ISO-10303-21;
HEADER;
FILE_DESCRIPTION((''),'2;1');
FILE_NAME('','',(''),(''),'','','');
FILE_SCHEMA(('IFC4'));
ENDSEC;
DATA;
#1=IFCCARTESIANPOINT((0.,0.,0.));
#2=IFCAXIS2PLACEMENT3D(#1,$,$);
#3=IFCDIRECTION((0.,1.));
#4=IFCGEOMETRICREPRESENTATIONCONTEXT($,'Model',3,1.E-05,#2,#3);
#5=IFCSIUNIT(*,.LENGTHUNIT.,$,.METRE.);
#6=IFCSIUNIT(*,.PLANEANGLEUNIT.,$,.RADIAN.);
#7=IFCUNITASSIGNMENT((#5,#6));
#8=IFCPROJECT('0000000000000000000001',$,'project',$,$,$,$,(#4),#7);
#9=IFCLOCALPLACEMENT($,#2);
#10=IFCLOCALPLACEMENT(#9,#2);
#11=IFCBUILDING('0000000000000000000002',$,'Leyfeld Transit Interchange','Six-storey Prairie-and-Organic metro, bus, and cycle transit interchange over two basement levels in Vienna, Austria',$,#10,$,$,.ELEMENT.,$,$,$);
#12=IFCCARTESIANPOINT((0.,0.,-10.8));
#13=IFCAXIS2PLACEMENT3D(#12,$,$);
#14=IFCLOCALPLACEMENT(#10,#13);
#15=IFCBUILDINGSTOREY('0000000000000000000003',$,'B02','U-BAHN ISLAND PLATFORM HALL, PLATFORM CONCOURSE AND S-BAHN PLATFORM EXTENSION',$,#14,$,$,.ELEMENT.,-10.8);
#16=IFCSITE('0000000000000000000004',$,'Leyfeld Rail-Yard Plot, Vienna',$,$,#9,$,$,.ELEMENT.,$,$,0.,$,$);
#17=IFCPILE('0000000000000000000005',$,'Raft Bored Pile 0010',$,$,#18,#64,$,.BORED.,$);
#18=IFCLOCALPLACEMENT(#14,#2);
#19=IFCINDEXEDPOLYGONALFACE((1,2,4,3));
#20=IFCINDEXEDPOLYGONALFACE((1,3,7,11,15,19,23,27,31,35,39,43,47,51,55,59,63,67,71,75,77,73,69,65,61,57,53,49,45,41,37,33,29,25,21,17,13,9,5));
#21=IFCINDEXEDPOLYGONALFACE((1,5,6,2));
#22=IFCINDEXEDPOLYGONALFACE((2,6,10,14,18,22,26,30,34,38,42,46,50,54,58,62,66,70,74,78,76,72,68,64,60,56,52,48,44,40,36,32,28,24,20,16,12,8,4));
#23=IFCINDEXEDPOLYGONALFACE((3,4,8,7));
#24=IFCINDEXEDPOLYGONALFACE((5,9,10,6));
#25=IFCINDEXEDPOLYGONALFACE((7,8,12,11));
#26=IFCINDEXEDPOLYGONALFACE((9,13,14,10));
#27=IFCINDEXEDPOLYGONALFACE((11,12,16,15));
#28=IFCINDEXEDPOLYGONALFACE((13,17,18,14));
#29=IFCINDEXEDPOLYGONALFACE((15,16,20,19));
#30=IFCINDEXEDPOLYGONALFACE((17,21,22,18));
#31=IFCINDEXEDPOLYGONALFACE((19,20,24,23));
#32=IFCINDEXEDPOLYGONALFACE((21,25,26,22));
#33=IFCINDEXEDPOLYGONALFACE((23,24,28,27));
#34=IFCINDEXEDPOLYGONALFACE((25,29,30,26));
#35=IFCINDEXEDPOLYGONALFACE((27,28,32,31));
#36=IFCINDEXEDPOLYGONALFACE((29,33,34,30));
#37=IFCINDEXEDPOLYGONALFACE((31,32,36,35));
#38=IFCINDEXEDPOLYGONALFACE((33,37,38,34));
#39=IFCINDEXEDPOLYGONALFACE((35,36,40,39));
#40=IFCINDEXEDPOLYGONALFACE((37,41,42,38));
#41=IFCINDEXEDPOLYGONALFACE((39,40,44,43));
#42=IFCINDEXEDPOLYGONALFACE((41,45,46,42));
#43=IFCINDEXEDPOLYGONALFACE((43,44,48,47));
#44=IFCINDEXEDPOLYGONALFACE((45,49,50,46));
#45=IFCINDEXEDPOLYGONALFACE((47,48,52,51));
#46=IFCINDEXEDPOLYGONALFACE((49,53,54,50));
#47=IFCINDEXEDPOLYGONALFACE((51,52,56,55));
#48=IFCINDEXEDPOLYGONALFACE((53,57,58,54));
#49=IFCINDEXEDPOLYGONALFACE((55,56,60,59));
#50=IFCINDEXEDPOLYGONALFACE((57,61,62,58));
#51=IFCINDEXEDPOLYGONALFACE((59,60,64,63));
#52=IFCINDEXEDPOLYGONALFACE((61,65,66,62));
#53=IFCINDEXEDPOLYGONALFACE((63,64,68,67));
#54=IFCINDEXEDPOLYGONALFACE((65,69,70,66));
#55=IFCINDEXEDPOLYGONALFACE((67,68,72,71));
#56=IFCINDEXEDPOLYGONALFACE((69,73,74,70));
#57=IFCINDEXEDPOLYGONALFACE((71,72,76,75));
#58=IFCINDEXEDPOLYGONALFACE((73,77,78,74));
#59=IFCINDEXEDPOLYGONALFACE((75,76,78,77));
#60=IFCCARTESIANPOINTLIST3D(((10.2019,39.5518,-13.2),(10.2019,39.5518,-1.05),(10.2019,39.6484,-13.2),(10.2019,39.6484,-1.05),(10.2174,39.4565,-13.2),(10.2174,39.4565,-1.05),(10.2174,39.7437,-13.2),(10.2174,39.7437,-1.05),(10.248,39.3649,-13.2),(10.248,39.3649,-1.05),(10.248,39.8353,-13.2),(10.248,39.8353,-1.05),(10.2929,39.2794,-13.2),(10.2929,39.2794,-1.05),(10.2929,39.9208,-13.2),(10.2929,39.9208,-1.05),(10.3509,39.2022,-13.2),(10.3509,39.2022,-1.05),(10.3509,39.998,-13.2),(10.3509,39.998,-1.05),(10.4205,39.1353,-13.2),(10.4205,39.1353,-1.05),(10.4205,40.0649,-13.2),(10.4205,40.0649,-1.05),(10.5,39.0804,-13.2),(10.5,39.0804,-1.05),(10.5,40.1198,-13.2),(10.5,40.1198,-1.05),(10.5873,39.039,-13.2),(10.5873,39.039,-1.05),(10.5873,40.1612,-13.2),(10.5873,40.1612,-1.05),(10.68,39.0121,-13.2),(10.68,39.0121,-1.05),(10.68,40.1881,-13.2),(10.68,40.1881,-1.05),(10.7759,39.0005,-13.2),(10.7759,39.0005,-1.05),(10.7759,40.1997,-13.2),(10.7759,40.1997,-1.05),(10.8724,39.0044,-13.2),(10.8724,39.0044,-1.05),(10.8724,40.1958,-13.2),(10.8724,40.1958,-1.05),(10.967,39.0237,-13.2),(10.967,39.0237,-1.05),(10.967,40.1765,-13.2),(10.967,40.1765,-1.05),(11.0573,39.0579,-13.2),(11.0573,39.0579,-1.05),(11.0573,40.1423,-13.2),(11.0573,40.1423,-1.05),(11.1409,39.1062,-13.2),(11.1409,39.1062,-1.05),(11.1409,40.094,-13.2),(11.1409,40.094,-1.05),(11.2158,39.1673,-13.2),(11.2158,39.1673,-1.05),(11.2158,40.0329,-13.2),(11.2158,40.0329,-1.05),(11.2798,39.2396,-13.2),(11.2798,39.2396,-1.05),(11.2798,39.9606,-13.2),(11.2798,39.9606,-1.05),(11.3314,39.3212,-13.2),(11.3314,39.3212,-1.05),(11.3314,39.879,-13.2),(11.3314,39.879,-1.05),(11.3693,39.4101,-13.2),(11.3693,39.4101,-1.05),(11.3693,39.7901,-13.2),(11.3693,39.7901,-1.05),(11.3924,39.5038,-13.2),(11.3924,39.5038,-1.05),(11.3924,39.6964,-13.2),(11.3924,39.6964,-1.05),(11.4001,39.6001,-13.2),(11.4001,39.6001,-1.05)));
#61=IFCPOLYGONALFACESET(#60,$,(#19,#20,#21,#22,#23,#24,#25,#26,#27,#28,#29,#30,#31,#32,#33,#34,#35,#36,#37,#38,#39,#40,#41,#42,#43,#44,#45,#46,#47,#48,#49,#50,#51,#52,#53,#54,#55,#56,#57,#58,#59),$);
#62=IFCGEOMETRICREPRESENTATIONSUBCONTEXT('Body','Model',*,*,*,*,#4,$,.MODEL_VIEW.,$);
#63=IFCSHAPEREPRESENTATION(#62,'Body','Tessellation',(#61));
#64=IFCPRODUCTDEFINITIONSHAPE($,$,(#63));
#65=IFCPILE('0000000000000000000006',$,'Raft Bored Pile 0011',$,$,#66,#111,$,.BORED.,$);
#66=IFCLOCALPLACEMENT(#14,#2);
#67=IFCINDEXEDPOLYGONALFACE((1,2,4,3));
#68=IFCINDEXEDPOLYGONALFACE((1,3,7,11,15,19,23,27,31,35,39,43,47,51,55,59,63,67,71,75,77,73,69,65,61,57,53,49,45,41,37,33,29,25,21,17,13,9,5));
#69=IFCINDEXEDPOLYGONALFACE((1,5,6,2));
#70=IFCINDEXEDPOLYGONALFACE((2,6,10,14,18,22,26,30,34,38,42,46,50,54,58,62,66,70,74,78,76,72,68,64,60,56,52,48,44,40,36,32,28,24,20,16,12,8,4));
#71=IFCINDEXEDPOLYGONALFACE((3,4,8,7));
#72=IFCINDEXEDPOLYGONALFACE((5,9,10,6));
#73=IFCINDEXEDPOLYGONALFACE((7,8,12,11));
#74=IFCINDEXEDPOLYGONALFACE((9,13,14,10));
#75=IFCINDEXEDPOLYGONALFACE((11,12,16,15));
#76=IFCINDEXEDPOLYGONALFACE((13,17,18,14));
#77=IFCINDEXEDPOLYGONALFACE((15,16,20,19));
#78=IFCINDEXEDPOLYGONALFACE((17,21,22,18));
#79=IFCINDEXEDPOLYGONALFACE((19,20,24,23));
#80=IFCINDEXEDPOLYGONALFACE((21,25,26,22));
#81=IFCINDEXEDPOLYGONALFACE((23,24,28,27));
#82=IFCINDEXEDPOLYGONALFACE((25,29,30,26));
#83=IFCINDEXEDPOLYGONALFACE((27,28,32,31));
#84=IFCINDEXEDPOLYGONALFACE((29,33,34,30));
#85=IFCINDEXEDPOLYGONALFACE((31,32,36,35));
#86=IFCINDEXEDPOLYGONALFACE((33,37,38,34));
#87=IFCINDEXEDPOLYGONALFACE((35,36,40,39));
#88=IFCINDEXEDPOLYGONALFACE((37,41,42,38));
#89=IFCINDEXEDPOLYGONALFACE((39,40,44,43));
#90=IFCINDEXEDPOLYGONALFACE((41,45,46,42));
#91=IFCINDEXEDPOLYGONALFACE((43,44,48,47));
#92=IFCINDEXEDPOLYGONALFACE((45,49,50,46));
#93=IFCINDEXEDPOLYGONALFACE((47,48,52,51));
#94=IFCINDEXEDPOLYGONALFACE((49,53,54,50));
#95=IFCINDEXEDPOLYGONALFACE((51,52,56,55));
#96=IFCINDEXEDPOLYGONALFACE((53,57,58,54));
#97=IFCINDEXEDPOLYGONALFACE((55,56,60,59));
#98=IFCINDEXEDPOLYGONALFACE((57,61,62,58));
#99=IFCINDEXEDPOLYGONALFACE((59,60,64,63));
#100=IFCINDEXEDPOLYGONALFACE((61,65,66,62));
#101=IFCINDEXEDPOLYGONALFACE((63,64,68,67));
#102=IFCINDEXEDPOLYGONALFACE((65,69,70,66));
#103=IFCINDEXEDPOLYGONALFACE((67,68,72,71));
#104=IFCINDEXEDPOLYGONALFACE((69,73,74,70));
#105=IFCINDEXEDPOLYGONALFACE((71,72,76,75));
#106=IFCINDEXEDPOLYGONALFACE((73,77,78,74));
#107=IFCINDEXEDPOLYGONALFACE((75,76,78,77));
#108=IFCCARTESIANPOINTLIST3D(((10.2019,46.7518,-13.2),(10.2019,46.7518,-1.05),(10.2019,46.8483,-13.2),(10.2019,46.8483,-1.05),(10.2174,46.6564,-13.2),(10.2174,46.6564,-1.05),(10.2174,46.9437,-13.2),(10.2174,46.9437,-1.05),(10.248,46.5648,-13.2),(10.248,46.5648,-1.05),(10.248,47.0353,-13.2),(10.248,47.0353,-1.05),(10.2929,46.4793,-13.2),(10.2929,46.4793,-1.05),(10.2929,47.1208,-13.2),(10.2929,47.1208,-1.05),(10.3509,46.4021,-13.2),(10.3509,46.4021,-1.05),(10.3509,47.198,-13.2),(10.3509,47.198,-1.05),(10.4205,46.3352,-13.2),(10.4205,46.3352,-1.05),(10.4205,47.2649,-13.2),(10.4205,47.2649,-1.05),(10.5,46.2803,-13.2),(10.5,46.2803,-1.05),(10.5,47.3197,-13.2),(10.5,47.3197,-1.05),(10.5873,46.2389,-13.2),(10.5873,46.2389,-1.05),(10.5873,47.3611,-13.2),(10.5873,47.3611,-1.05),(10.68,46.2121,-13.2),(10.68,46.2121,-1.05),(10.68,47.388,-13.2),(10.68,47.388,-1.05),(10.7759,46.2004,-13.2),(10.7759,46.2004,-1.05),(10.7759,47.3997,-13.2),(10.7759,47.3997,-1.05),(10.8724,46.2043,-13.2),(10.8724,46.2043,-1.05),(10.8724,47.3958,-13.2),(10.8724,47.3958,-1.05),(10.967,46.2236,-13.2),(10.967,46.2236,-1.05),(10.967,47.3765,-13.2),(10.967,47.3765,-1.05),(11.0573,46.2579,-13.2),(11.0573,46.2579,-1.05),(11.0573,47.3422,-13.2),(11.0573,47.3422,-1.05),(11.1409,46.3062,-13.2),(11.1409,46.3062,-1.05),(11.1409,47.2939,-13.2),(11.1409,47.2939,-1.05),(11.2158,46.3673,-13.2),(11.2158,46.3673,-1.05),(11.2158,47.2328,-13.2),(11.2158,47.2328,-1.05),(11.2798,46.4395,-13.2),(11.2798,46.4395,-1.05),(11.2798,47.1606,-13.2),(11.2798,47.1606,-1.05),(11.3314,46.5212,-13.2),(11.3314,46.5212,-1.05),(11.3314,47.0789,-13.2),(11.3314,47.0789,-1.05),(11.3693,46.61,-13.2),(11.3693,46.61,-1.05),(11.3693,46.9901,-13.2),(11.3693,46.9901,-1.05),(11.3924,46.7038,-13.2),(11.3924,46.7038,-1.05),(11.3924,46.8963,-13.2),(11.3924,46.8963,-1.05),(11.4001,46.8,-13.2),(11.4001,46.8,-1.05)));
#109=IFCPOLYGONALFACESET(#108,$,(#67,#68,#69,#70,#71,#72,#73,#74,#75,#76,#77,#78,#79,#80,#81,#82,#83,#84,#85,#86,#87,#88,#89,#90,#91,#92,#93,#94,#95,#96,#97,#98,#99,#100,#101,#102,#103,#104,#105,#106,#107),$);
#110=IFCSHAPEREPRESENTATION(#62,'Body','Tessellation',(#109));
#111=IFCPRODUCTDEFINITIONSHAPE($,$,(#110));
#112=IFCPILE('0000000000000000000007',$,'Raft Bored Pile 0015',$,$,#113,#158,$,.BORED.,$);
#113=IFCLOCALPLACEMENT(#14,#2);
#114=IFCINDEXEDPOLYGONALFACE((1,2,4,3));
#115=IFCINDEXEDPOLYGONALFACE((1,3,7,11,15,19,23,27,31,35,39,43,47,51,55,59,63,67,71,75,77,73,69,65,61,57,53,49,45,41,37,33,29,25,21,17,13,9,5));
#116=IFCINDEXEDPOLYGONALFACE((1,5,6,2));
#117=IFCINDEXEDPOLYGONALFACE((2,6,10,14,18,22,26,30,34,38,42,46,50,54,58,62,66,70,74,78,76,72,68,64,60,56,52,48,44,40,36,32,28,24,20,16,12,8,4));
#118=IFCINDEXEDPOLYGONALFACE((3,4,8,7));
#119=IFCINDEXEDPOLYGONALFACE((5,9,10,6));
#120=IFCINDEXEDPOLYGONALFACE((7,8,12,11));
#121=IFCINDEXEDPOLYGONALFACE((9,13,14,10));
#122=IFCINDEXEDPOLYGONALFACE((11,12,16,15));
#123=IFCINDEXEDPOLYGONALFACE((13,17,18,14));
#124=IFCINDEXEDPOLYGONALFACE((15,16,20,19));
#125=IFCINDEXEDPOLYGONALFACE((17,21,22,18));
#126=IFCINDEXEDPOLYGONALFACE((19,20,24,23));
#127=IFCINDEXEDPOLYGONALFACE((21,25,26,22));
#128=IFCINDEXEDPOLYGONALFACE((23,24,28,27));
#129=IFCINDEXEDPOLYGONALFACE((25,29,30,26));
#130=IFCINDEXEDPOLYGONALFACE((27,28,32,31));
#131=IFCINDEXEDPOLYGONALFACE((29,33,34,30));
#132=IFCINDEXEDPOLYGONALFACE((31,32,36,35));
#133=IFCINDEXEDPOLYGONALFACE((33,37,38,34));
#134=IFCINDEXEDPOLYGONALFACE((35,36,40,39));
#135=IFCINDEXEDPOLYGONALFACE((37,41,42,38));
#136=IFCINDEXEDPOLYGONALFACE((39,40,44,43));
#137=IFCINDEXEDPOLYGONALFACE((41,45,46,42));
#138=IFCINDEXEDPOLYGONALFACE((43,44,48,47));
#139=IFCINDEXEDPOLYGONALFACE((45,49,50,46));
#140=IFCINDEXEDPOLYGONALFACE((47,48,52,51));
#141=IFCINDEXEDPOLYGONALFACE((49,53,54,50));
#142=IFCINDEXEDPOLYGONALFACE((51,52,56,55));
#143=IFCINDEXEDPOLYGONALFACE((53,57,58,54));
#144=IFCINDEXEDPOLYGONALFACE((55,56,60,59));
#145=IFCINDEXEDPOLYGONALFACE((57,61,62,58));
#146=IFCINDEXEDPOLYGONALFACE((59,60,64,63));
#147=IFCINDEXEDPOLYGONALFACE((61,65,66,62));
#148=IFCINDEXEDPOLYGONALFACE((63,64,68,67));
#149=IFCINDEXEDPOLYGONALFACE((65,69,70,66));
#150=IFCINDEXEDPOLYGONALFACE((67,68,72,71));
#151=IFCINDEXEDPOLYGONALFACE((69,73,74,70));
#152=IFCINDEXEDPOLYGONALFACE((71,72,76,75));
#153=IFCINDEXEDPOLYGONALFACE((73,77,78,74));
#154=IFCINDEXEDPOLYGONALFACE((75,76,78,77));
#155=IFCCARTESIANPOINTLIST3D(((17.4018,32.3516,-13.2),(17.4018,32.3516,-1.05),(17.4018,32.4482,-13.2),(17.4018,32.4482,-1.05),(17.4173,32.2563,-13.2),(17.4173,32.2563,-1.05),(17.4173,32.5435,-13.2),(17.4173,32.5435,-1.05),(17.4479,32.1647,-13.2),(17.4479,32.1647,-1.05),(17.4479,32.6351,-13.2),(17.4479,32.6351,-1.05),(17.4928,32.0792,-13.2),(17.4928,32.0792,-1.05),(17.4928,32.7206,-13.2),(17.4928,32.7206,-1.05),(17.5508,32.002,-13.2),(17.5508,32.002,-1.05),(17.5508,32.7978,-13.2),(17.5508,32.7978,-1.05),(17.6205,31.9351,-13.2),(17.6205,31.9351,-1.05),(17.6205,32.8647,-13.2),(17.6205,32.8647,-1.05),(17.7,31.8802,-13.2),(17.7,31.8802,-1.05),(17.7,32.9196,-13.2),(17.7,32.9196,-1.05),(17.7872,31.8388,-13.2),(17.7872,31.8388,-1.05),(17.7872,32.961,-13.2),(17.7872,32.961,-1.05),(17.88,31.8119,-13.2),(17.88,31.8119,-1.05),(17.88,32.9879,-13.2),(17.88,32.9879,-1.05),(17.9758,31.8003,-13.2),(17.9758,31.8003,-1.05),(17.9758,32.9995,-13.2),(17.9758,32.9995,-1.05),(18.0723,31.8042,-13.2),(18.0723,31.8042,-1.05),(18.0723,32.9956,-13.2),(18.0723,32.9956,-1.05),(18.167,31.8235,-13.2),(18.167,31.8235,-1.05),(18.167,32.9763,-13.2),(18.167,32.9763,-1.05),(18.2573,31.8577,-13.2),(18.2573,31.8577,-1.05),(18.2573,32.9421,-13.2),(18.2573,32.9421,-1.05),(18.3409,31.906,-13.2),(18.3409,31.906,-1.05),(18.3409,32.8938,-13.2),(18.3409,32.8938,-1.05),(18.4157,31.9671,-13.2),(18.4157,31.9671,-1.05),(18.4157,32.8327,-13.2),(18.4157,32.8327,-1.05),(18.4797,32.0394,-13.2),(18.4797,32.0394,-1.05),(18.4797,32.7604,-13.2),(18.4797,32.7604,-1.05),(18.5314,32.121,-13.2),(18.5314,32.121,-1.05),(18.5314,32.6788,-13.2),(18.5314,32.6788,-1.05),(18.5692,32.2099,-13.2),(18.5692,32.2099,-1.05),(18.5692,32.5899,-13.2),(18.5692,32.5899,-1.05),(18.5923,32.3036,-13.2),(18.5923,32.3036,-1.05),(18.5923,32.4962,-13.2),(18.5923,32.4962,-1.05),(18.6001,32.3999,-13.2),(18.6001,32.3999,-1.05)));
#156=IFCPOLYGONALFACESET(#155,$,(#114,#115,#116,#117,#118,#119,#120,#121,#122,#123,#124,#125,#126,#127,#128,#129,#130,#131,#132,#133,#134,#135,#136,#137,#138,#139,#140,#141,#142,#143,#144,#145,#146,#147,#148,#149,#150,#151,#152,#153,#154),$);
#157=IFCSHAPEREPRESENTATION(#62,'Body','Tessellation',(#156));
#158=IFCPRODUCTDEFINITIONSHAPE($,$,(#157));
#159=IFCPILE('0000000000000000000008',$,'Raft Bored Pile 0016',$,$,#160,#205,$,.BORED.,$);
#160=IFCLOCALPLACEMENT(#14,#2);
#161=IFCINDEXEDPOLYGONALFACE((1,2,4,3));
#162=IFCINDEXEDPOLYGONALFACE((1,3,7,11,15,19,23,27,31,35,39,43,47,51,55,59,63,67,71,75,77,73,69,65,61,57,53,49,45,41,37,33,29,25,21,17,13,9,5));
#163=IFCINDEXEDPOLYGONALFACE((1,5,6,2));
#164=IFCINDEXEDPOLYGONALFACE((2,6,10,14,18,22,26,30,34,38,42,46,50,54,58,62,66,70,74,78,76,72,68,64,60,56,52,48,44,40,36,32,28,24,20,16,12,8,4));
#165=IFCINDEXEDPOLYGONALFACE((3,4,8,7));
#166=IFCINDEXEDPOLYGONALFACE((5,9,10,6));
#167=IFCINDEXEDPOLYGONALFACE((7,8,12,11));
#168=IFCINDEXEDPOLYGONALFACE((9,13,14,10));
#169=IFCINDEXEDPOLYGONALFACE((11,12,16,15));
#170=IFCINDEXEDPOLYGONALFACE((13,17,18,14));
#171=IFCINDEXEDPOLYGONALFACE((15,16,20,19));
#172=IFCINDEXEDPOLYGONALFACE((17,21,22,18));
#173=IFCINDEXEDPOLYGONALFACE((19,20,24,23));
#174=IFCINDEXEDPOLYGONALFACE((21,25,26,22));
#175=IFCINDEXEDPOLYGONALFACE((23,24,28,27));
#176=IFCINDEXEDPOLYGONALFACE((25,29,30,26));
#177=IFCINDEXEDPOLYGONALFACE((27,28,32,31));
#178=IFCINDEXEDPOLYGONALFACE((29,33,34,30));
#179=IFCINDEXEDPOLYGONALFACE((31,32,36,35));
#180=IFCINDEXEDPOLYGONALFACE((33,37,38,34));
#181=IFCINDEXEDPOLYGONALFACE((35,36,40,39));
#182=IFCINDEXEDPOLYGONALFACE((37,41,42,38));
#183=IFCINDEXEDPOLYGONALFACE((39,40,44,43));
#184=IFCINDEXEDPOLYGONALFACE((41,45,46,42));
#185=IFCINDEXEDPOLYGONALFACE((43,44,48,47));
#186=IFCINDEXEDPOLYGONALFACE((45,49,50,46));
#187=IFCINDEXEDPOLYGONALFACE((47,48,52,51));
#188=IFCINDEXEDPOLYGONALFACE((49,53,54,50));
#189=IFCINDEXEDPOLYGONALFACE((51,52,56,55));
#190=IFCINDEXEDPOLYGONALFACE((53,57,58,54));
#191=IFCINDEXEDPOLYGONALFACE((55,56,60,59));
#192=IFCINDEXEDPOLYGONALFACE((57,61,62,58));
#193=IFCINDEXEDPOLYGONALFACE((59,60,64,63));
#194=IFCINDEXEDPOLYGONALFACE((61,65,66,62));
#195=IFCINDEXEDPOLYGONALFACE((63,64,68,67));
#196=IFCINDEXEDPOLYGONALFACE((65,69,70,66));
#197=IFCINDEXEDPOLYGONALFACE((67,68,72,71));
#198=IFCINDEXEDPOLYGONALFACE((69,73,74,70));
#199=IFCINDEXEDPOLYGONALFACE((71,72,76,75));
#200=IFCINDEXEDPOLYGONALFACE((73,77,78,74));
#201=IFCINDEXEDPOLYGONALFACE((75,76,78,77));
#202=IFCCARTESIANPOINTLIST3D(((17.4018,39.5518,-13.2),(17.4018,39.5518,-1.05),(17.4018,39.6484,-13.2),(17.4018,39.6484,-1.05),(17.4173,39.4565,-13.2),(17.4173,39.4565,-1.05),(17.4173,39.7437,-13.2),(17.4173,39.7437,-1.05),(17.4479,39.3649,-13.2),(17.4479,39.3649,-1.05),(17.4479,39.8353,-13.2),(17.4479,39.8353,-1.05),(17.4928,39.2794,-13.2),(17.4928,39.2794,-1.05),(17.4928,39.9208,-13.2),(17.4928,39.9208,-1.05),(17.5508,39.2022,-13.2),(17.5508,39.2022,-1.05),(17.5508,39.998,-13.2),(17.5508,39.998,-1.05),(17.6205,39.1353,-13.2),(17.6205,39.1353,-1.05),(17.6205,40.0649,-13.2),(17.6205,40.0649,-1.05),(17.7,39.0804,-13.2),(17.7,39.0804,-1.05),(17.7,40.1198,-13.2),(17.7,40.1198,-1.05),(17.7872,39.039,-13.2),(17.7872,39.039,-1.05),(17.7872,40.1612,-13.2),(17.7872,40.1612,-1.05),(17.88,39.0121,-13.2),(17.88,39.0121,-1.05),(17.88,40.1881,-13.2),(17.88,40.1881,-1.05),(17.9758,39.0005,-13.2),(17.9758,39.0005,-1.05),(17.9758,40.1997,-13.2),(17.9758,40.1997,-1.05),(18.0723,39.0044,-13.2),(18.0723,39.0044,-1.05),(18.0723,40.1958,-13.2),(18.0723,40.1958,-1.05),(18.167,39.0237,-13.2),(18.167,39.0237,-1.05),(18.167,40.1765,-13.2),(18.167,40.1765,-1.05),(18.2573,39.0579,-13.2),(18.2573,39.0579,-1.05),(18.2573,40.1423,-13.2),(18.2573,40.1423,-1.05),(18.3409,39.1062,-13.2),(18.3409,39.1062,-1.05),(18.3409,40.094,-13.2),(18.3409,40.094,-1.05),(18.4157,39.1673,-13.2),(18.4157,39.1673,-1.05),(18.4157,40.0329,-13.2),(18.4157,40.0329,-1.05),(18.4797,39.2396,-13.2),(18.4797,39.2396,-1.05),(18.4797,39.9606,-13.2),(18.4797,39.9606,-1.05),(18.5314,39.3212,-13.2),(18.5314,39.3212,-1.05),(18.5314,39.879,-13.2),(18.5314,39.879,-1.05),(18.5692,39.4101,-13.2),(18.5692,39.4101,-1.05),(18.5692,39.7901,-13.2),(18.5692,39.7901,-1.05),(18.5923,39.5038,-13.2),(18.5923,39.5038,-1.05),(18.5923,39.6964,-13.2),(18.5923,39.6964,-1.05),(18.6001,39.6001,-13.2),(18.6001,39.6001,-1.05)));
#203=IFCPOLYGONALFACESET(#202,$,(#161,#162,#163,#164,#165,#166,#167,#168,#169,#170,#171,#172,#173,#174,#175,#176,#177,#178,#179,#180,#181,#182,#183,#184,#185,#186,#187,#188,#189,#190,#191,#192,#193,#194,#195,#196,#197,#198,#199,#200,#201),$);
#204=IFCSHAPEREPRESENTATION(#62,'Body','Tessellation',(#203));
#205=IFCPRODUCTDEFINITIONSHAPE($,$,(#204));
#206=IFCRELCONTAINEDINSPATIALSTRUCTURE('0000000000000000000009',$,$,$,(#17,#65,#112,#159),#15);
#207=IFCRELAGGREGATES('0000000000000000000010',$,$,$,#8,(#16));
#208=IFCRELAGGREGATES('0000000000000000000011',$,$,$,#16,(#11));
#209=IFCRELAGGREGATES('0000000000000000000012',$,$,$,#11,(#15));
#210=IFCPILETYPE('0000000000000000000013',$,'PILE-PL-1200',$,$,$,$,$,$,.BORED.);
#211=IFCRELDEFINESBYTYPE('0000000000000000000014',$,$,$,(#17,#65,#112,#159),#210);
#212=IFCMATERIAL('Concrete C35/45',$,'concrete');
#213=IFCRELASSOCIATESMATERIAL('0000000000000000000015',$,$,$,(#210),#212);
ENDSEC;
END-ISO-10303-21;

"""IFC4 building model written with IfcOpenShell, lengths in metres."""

from ifc_helpers import new_model, si_unit, direction, frame, origin, origin_2d, place, context, subcontext, project, spatial, circle, extrude, material, material_profile, profile_set, type_object, element, save


model = new_model("IFC4")

# Units and contexts
model_context = context("Model", 3, precision=1e-05, world=origin(), true_north=direction((0.0, 1.0)))
body_context = subcontext(model_context, "Body", "Model", "MODEL_VIEW")
ifc_project = project(units=[si_unit("LENGTHUNIT", "METRE"), si_unit("PLANEANGLEUNIT", "RADIAN")], contexts=[model_context])

# Site, building, storey
site_placement = place(None, origin())
site = spatial("IfcSite", under=ifc_project, at=site_placement, Name="Leyfeld Rail-Yard Plot, Vienna", CompositionType="ELEMENT", RefElevation=0.0)
building_placement = place(site_placement, origin())
building = spatial("IfcBuilding", under=site, at=building_placement, Name="Leyfeld Transit Interchange", Description="Six-storey Prairie-and-Organic metro, bus, and cycle transit interchange over two basement levels in Vienna, Austria", CompositionType="ELEMENT")
storey_placement = place(building_placement, frame((0.0, 0.0, -10.8)))
storey = spatial("IfcBuildingStorey", under=building, at=storey_placement, Name="B02", Description="U-BAHN ISLAND PLATFORM HALL, PLATFORM CONCOURSE AND S-BAHN PLATFORM EXTENSION", CompositionType="ELEMENT", Elevation=-10.8)

# Piles
ifc_material = material(Name="Concrete C35/45", Category="concrete")
ifc_material_profile_1 = material_profile(ifc_material, circle(Radius=0.6001, at=origin_2d()), Name="PILE D1200")
ifc_profile_set_1 = profile_set([ifc_material_profile_1], Name="Concrete C35/45")
pile_type = type_object("IfcPileType", Name="PILE-PL-1200", PredefinedType="BORED", material=ifc_profile_set_1)
for number, where, z_axis, x_axis, name in (
    (1, (10.8, 39.6001, -1.05), (0.0, 0.0, -1.0), (1.0, 0.0, 0.0), "Raft Bored Pile 0010"),
    (2, (10.8, 46.8, -1.05), (0.0, 0.0, -1.0), (1.0, 0.0, 0.0), "Raft Bored Pile 0011"),
    (3, (18.0, 32.3999, -1.05), (0.0, 0.0, -1.0), (1.0, 0.0, 0.0), "Raft Bored Pile 0015"),
    (4, (18.0, 39.6001, -1.05), (0.0, 0.0, -1.0), (1.0, 0.0, 0.0), "Raft Bored Pile 0016"),
):
    element("IfcPile", number, at=place(storey_placement, frame(where, z_axis=z_axis, x_axis=x_axis)), inside=storey, type_object=pile_type, Name=name, PredefinedType="BORED", context=body_context, shape_type="SweptSolid", body=[
        extrude(circle(Radius=0.6001, at=origin_2d()), origin(), (0.0, 0.0, 1.0), 12.1499),
    ])

save(model, "model.ifc")
